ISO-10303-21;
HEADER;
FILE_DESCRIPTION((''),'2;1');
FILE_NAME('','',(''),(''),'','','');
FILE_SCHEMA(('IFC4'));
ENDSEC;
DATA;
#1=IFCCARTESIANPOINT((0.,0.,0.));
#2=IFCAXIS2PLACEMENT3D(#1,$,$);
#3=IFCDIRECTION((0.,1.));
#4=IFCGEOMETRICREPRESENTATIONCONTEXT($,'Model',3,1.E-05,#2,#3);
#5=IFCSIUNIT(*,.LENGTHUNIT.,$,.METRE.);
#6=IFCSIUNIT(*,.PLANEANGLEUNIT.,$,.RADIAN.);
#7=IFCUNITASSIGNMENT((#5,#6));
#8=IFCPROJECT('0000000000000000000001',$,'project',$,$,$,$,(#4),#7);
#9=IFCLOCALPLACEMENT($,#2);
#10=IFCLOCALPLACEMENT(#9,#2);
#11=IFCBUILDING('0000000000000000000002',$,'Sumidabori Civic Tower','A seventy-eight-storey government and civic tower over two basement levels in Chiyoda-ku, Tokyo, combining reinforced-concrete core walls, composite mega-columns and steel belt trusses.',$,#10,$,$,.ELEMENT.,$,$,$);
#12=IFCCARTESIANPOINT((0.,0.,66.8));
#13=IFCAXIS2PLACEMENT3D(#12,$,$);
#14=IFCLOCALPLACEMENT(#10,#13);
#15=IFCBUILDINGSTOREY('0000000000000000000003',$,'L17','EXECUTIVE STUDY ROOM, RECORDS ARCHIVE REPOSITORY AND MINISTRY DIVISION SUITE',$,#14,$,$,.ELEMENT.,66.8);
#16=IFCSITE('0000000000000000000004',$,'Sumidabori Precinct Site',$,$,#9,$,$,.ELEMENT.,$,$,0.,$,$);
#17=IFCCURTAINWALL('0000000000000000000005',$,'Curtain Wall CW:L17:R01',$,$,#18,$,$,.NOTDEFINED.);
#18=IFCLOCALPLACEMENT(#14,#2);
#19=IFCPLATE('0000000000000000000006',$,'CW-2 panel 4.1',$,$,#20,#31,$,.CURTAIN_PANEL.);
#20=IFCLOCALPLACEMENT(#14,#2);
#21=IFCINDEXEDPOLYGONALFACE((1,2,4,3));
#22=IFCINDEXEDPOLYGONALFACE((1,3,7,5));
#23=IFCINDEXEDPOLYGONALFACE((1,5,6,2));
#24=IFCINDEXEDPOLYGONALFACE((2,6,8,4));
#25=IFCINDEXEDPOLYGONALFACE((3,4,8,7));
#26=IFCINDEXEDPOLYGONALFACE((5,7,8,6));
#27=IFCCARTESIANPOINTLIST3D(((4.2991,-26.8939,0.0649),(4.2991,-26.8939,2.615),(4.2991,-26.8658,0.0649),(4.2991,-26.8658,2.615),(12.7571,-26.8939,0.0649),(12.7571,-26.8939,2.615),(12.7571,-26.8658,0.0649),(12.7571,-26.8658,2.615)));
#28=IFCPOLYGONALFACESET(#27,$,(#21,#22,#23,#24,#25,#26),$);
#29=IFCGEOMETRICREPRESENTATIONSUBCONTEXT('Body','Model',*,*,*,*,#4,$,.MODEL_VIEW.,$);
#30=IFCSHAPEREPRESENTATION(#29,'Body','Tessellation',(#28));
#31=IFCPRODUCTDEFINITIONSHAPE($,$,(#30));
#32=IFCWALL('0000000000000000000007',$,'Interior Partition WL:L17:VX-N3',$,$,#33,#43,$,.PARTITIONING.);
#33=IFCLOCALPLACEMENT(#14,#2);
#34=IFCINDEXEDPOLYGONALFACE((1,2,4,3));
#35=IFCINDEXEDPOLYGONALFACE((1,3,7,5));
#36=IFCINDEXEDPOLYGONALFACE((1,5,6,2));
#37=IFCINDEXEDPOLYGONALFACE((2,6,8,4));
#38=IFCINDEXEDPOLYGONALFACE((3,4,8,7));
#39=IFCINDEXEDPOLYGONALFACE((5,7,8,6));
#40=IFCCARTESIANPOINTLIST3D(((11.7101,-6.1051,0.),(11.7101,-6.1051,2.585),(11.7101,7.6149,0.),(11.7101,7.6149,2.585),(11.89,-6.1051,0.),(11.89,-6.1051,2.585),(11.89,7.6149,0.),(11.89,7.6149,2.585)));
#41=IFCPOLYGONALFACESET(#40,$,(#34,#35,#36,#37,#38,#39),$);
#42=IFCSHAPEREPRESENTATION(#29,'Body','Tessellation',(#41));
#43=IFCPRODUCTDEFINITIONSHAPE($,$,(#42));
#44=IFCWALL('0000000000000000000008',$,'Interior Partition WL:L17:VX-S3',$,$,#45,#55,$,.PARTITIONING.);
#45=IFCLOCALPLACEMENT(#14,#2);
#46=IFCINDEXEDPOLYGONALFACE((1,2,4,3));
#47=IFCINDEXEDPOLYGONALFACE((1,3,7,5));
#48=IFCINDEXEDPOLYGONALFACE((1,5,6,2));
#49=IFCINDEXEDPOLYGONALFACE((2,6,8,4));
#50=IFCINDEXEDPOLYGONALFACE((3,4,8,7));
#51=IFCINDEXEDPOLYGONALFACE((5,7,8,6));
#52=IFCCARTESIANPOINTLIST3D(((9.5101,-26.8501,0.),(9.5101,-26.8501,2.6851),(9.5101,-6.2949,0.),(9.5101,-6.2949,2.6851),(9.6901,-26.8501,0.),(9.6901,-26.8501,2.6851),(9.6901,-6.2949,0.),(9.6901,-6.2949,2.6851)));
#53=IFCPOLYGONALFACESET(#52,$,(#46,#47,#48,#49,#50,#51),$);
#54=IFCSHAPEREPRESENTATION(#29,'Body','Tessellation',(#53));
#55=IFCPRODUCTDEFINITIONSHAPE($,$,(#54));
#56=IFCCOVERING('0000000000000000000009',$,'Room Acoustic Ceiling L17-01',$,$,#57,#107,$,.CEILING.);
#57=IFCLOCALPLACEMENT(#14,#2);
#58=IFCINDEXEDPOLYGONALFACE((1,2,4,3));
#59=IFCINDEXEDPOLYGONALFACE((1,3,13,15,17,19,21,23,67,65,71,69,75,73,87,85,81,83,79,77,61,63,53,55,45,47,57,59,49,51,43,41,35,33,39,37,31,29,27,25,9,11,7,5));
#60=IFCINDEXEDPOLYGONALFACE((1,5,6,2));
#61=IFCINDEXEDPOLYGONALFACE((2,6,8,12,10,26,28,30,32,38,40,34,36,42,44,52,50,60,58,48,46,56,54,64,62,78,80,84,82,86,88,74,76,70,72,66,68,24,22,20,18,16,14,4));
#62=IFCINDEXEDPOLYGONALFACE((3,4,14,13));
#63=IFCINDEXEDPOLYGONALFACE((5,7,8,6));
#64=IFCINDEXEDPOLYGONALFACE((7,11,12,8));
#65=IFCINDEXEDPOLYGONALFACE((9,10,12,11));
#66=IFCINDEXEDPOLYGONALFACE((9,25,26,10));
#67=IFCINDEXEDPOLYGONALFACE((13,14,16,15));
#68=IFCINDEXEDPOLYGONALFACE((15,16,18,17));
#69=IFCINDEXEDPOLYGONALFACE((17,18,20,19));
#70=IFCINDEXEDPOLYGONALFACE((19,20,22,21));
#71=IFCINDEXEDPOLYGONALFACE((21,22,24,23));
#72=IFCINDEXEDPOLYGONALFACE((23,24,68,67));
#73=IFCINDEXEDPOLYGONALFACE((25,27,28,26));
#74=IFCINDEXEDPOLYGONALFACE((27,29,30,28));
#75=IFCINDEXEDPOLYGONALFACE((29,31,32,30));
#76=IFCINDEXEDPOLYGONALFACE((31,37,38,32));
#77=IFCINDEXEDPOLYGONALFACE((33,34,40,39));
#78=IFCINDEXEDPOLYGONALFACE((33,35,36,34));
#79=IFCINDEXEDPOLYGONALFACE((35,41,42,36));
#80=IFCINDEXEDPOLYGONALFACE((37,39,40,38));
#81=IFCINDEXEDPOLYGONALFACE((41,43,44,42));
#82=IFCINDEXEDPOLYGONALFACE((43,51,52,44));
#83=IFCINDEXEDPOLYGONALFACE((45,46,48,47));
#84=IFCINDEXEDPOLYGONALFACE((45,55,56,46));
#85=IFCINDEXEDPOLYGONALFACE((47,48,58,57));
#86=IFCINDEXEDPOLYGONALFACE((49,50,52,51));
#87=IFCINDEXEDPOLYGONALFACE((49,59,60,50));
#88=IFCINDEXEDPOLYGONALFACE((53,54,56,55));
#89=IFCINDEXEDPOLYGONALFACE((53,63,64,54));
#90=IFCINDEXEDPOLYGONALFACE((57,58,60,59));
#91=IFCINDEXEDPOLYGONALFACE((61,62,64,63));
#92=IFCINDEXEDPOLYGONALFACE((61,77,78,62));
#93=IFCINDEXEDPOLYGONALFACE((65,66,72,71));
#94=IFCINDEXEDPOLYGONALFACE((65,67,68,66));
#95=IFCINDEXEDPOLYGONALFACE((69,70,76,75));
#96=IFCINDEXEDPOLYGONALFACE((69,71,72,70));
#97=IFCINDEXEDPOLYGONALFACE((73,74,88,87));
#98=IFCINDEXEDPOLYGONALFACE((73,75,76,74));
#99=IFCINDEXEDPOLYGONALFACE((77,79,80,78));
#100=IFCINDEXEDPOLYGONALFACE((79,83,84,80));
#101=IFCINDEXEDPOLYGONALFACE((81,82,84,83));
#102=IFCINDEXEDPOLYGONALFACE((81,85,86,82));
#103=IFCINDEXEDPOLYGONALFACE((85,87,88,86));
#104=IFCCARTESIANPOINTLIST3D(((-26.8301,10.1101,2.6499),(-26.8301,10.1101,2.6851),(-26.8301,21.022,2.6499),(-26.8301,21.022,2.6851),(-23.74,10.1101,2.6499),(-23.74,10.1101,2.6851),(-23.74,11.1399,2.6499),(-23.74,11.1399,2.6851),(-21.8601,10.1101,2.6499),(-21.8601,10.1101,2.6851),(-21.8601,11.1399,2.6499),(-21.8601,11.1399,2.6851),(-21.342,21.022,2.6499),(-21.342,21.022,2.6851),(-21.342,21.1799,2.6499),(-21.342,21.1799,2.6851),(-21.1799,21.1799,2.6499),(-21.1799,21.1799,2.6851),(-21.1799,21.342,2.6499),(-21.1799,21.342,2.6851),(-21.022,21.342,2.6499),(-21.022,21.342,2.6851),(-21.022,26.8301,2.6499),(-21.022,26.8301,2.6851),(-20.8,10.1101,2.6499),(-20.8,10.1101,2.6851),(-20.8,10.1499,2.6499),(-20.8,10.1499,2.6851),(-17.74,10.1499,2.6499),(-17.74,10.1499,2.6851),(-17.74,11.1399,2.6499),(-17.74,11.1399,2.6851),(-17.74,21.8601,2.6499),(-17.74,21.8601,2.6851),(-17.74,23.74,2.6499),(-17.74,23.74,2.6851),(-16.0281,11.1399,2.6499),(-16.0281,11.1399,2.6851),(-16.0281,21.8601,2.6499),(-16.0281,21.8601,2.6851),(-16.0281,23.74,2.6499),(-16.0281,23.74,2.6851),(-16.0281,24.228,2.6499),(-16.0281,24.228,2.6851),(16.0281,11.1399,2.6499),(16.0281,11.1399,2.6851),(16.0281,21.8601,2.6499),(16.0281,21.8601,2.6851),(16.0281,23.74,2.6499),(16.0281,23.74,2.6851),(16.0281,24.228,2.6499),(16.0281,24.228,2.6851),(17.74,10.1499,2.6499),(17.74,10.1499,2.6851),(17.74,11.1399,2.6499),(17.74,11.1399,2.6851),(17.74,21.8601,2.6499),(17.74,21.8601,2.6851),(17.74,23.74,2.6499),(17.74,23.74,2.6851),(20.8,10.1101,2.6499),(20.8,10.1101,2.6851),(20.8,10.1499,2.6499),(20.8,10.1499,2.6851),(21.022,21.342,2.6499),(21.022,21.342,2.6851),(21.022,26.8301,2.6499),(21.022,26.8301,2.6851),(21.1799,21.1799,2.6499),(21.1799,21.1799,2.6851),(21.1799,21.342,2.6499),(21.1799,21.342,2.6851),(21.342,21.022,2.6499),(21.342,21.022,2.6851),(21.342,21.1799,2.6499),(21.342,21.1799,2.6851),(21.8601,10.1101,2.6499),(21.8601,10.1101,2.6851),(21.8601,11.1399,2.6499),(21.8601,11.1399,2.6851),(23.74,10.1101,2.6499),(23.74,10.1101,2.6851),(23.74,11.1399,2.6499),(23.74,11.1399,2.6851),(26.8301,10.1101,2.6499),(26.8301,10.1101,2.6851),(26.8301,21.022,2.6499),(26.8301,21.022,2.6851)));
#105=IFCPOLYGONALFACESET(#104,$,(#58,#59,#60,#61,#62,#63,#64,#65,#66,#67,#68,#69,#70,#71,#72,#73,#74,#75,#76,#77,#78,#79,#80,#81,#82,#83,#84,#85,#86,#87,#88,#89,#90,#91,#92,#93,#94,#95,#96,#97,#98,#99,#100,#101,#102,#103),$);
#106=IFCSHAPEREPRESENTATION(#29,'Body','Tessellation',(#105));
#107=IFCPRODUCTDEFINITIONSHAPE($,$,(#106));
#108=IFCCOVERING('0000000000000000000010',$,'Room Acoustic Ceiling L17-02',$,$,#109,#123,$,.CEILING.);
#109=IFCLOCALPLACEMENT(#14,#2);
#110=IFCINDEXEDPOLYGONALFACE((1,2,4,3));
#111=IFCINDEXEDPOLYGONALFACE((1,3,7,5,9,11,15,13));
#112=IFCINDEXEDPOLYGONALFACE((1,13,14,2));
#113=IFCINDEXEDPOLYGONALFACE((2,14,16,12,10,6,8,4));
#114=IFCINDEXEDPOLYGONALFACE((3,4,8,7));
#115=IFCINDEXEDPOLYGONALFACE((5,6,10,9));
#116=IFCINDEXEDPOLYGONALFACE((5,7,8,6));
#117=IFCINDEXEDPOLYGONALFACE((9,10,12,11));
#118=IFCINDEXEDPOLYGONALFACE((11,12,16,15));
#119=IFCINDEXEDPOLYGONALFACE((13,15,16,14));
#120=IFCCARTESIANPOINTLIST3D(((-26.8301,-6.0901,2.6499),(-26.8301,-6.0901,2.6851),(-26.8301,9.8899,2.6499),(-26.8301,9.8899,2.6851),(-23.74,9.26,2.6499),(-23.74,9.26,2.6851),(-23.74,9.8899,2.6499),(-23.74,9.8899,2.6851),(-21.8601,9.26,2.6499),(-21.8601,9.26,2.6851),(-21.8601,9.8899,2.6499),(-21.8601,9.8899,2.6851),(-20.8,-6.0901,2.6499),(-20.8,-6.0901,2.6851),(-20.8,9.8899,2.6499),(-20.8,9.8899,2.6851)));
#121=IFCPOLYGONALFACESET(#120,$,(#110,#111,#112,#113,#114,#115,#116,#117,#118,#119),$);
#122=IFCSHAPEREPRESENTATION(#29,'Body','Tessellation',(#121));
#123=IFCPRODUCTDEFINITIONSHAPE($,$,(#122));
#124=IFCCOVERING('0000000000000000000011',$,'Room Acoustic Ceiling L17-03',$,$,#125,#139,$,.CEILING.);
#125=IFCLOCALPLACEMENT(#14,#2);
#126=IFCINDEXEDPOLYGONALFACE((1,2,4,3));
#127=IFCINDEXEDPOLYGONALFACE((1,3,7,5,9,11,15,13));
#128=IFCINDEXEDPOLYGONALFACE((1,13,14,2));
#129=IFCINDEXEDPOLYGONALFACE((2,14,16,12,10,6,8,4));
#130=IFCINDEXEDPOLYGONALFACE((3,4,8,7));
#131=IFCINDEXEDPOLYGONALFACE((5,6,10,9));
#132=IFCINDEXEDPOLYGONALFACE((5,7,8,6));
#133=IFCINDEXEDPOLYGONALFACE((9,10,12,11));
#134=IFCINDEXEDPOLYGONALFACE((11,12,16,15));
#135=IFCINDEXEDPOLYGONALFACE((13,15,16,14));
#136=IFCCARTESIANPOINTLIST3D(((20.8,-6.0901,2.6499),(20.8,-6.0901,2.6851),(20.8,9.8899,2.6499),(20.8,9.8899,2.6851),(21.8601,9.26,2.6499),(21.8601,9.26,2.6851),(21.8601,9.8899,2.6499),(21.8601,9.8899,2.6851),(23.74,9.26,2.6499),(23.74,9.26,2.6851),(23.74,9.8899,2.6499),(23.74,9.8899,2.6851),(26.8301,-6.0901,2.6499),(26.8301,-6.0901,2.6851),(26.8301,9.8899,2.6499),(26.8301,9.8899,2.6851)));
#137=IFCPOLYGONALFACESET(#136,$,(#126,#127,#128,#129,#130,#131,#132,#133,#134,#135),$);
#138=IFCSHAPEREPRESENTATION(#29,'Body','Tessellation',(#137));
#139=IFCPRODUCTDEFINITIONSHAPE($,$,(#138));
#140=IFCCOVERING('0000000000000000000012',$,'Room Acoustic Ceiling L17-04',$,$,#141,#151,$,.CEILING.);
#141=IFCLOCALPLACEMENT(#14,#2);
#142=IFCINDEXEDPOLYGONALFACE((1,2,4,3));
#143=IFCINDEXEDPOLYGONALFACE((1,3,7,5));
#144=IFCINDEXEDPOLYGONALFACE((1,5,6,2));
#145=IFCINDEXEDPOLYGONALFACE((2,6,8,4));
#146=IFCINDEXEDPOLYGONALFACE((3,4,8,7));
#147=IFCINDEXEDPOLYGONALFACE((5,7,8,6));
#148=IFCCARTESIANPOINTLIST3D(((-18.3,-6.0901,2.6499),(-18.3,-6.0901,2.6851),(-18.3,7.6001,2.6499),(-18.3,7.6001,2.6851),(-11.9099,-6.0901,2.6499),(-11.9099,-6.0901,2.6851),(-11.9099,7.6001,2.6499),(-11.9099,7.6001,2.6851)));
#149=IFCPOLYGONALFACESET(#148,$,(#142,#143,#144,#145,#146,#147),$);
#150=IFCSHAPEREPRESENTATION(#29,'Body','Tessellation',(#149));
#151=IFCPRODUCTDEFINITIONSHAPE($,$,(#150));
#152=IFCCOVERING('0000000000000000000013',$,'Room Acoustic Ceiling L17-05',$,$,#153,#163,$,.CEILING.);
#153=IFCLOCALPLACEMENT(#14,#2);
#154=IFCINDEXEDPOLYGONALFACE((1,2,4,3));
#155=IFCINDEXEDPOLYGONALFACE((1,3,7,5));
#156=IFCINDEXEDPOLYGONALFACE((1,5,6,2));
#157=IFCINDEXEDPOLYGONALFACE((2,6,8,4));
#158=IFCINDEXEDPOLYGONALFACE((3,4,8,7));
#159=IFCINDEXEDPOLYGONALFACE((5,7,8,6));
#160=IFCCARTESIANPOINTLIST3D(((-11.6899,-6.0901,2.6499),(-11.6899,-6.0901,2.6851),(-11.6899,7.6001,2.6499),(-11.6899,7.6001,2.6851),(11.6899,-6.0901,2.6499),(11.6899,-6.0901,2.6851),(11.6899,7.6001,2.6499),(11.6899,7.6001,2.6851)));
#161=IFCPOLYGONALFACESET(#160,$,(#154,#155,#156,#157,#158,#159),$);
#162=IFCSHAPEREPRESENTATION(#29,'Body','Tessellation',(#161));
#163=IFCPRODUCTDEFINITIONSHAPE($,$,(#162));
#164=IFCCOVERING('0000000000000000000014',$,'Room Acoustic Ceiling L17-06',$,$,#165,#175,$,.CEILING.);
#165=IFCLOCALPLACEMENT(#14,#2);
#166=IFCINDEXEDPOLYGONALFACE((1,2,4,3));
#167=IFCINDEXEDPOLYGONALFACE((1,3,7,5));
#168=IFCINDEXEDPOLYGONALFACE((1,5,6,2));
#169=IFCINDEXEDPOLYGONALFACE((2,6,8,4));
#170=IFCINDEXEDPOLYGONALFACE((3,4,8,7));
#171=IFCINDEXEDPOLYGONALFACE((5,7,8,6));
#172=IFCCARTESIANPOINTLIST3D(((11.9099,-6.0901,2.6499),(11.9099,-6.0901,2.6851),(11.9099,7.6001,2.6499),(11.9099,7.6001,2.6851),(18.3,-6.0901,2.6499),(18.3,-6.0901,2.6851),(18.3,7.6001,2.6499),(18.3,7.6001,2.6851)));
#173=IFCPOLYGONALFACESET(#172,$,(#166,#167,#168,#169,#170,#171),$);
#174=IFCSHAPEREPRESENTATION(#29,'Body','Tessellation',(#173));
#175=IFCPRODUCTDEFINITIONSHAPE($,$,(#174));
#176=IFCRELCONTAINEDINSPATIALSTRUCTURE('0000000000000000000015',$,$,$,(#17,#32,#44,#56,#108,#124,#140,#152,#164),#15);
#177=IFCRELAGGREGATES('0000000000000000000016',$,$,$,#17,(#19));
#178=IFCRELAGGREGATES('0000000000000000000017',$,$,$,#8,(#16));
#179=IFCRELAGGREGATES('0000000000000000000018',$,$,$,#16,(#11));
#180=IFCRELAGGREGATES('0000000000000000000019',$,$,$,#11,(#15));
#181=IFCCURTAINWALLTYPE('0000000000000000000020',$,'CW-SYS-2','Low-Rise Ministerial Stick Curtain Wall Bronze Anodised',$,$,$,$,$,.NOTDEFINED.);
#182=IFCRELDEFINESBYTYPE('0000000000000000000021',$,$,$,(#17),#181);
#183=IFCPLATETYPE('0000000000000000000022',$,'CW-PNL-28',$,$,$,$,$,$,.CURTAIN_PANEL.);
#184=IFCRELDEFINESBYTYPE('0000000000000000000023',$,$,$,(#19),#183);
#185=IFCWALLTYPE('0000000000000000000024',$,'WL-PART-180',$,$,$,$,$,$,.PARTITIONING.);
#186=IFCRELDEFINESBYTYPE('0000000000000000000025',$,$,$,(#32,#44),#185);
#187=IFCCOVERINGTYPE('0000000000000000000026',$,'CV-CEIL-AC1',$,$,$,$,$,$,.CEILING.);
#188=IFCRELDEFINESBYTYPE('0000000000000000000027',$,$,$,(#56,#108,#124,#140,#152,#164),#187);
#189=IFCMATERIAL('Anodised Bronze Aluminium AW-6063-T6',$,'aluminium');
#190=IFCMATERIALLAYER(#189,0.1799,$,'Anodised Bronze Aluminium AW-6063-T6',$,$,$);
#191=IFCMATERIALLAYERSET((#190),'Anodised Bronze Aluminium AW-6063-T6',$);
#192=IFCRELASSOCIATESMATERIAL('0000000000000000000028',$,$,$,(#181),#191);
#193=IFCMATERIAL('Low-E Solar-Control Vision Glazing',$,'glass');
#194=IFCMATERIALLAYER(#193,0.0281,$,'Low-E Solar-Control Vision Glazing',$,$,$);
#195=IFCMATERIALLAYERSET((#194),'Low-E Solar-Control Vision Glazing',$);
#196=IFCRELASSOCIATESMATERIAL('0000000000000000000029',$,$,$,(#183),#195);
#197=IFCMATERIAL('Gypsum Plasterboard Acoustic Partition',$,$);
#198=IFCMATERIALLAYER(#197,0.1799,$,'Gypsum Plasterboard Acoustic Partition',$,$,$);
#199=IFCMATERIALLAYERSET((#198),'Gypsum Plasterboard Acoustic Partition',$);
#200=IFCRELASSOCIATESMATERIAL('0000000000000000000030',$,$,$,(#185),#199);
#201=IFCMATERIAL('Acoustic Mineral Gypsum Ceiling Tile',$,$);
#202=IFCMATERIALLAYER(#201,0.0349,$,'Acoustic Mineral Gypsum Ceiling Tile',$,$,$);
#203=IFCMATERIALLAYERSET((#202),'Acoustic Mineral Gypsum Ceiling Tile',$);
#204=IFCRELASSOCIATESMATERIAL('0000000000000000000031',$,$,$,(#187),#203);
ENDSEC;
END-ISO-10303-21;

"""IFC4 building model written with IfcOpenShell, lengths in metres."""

from ifc_helpers import new_model, si_unit, direction, frame, frame_2d, origin, origin_2d, place, context, subcontext, project, spatial, polyline, rectangle, outline, extrude, source, transform, mapped, material, layer, layer_set, type_object, element, aggregate, save


model = new_model("IFC4")

# Units and contexts
model_context = context("Model", 3, precision=1e-05, world=origin(), true_north=direction((0.0, 1.0)))
body_context = subcontext(model_context, "Body", "Model", "MODEL_VIEW")
ifc_project = project(units=[si_unit("LENGTHUNIT", "METRE"), si_unit("PLANEANGLEUNIT", "RADIAN")], contexts=[model_context])

# Site, building, storey
site_placement = place(None, origin())
site = spatial("IfcSite", under=ifc_project, at=site_placement, Name="Sumidabori Precinct Site", CompositionType="ELEMENT", RefElevation=0.0)
building_placement = place(site_placement, origin())
building = spatial("IfcBuilding", under=site, at=building_placement, Name="Sumidabori Civic Tower", Description="A seventy-eight-storey government and civic tower over two basement levels in Chiyoda-ku, Tokyo, combining reinforced-concrete core walls, composite mega-columns and steel belt trusses.", CompositionType="ELEMENT")
storey_placement = place(building_placement, frame((0.0, 0.0, 66.8)))
storey = spatial("IfcBuildingStorey", under=building, at=storey_placement, Name="L17", Description="EXECUTIVE STUDY ROOM, RECORDS ARCHIVE REPOSITORY AND MINISTRY DIVISION SUITE", CompositionType="ELEMENT", Elevation=66.8)

# Curtain wall, plate
ifc_material_1 = material(Name="Anodised Bronze Aluminium AW-6063-T6", Category="aluminium")
ifc_layer_1 = layer(ifc_material_1, 0.1799, Name="Anodised Bronze Aluminium AW-6063-T6")
ifc_layer_set_1 = layer_set([ifc_layer_1], Name="Anodised Bronze Aluminium AW-6063-T6")
curtain_wall_type = type_object("IfcCurtainWallType", Name="CW-SYS-2", Description="Low-Rise Ministerial Stick Curtain Wall Bronze Anodised", PredefinedType="NOTDEFINED", material=ifc_layer_set_1)
curtain_wall_placement = place(storey_placement, origin())
curtain_wall = element("IfcCurtainWall", 1, at=curtain_wall_placement, inside=storey, type_object=curtain_wall_type, Name="Curtain Wall CW:L17:R01", PredefinedType="NOTDEFINED")
ifc_material_2 = material(Name="Low-E Solar-Control Vision Glazing", Category="glass")
ifc_layer_2 = layer(ifc_material_2, 0.0281, Name="Low-E Solar-Control Vision Glazing")
ifc_layer_set_2 = layer_set([ifc_layer_2], Name="Low-E Solar-Control Vision Glazing")
plate_type = type_object("IfcPlateType", Name="CW-PNL-28", PredefinedType="CURTAIN_PANEL", material=ifc_layer_set_2)
shared_shape_1 = source(origin(), body_context, "Body", "SweptSolid", [
    extrude(rectangle(XDim=8.458, YDim=0.0281, at=origin_2d()), origin(), (0.0, 0.0, 1.0), 2.55),
])
plate_placement = place(storey_placement, frame((8.5281, -26.8799, 0.0649), z_axis=(0.0, 0.0, 1.0), x_axis=(1.0, 0.0, 0.0)))
plate = element("IfcPlate", 2, at=plate_placement, type_object=plate_type, Name="CW-2 panel 4.1", PredefinedType="CURTAIN_PANEL", context=body_context, shape_type="MappedRepresentation", body=[
    mapped(shared_shape_1, transform((0.0, 0.0, 0.0), x_axis=(1.0, 0.0, 0.0), y_axis=(0.0, 1.0, 0.0), z_axis=(0.0, 0.0, 1.0), scale=1.0)),
])
aggregate(curtain_wall, [plate])

# Walls
ifc_material_3 = material(Name="Gypsum Plasterboard Acoustic Partition")
ifc_layer_3 = layer(ifc_material_3, 0.1799, Name="Gypsum Plasterboard Acoustic Partition")
ifc_layer_set_3 = layer_set([ifc_layer_3], Name="Gypsum Plasterboard Acoustic Partition")
wall_type = type_object("IfcWallType", Name="WL-PART-180", PredefinedType="PARTITIONING", material=ifc_layer_set_3)
shared_shape_2 = source(origin(), body_context, "Body", "SweptSolid", [
    extrude(rectangle(XDim=13.72, YDim=0.1799, at=frame_2d((6.8599, 0.0))), origin(), (0.0, 0.0, 1.0), 2.585),
])
wall_1_placement = place(storey_placement, frame((11.8, -6.105, 0.0), z_axis=(0.0, 0.0, 1.0), x_axis=(0.0, 1.0, 0.0)))
element("IfcWall", 3, at=wall_1_placement, inside=storey, type_object=wall_type, Name="Interior Partition WL:L17:VX-N3", PredefinedType="PARTITIONING", context=body_context, shape_type="MappedRepresentation", body=[
    mapped(shared_shape_2, transform((0.0, 0.0, 0.0), x_axis=(1.0, 0.0, 0.0), y_axis=(0.0, 1.0, 0.0), z_axis=(0.0, 0.0, 1.0), scale=1.0)),
])
shared_shape_3 = source(origin(), body_context, "Body", "SweptSolid", [
    extrude(rectangle(XDim=20.5552, YDim=0.1799, at=frame_2d((10.2776, 0.0))), origin(), (0.0, 0.0, 1.0), 2.6851),
])
wall_2_placement = place(storey_placement, frame((9.6001, -26.8501, 0.0), z_axis=(0.0, 0.0, 1.0), x_axis=(0.0, 1.0, 0.0)))
element("IfcWall", 4, at=wall_2_placement, inside=storey, type_object=wall_type, Name="Interior Partition WL:L17:VX-S3", PredefinedType="PARTITIONING", context=body_context, shape_type="MappedRepresentation", body=[
    mapped(shared_shape_3, transform((0.0, 0.0, 0.0), x_axis=(1.0, 0.0, 0.0), y_axis=(0.0, 1.0, 0.0), z_axis=(0.0, 0.0, 1.0), scale=1.0)),
])

# Coverings
ifc_material_4 = material(Name="Acoustic Mineral Gypsum Ceiling Tile")
ifc_layer_4 = layer(ifc_material_4, 0.0349, Name="Acoustic Mineral Gypsum Ceiling Tile")
ifc_layer_set_4 = layer_set([ifc_layer_4], Name="Acoustic Mineral Gypsum Ceiling Tile")
covering_type_1 = type_object("IfcCoveringType", Name="CV-CEIL-AC1", PredefinedType="CEILING", material=ifc_layer_set_4)
covering_1_placement = place(storey_placement, frame((0.0, 0.0, 2.6499)))
element("IfcCovering", 5, at=covering_1_placement, inside=storey, type_object=covering_type_1, Name="Room Acoustic Ceiling L17-01", PredefinedType="CEILING", context=body_context, shape_type="SweptSolid", body=[
    extrude(outline(polyline([(-21.342, 21.1799), (-21.1799, 21.1799), (-21.1799, 21.342), (-21.022, 21.342), (-21.022, 26.8301), (21.022, 26.8301), (21.022, 21.342), (21.1799, 21.342), (21.1799, 21.1799), (21.342, 21.1799), (21.342, 21.022), (26.8301, 21.022), (26.8301, 10.1101), (23.74, 10.1101), (23.74, 11.1399), (21.8601, 11.1399), (21.8601, 10.1101), (20.8, 10.1101), (20.8, 10.1499), (17.74, 10.1499), (17.74, 11.1399), (16.0281, 11.1399), (16.0281, 21.8601), (17.74, 21.8601), (17.74, 23.74), (16.0281, 23.74), (16.0281, 24.228), (-16.0281, 24.228), (-16.0281, 23.74), (-17.74, 23.74), (-17.74, 21.8601), (-16.0281, 21.8601), (-16.0281, 11.1399), (-17.74, 11.1399), (-17.74, 10.1499), (-20.8, 10.1499), (-20.8, 10.1101), (-21.8601, 10.1101), (-21.8601, 11.1399), (-23.74, 11.1399), (-23.74, 10.1101), (-26.8301, 10.1101), (-26.8301, 21.022), (-21.342, 21.022), (-21.342, 21.1799)])), origin(), (0.0, 0.0, 1.0), 0.0352),
])
covering_2_placement = place(storey_placement, frame((0.0, 0.0, 2.6499)))
element("IfcCovering", 6, at=covering_2_placement, inside=storey, type_object=covering_type_1, Name="Room Acoustic Ceiling L17-02", PredefinedType="CEILING", context=body_context, shape_type="SweptSolid", body=[
    extrude(outline(polyline([(-26.8301, -6.0901), (-26.8301, 9.8899), (-23.74, 9.8899), (-23.74, 9.26), (-21.8601, 9.26), (-21.8601, 9.8899), (-20.8, 9.8899), (-20.8, -6.0901), (-26.8301, -6.0901)])), origin(), (0.0, 0.0, 1.0), 0.0352),
])
covering_3_placement = place(storey_placement, frame((0.0, 0.0, 2.6499)))
element("IfcCovering", 7, at=covering_3_placement, inside=storey, type_object=covering_type_1, Name="Room Acoustic Ceiling L17-03", PredefinedType="CEILING", context=body_context, shape_type="SweptSolid", body=[
    extrude(outline(polyline([(20.8, 9.8899), (21.8601, 9.8899), (21.8601, 9.26), (23.74, 9.26), (23.74, 9.8899), (26.8301, 9.8899), (26.8301, -6.0901), (20.8, -6.0901), (20.8, 9.8899)])), origin(), (0.0, 0.0, 1.0), 0.0352),
])
covering_4_placement = place(storey_placement, frame((0.0, 0.0, 2.6499)))
element("IfcCovering", 8, at=covering_4_placement, inside=storey, type_object=covering_type_1, Name="Room Acoustic Ceiling L17-04", PredefinedType="CEILING", context=body_context, shape_type="SweptSolid", body=[
    extrude(outline(polyline([(-18.3, 7.6001), (-11.9099, 7.6001), (-11.9099, -6.0901), (-18.3, -6.0901), (-18.3, 7.6001)])), origin(), (0.0, 0.0, 1.0), 0.0352),
])
covering_5_placement = place(storey_placement, frame((0.0, 0.0, 2.6499)))
element("IfcCovering", 9, at=covering_5_placement, inside=storey, type_object=covering_type_1, Name="Room Acoustic Ceiling L17-05", PredefinedType="CEILING", context=body_context, shape_type="SweptSolid", body=[
    extrude(outline(polyline([(-11.6899, 7.6001), (11.6899, 7.6001), (11.6899, -6.0901), (-11.6899, -6.0901), (-11.6899, 7.6001)])), origin(), (0.0, 0.0, 1.0), 0.0352),
])
covering_6_placement = place(storey_placement, frame((0.0, 0.0, 2.6499)))
element("IfcCovering", 10, at=covering_6_placement, inside=storey, type_object=covering_type_1, Name="Room Acoustic Ceiling L17-06", PredefinedType="CEILING", context=body_context, shape_type="SweptSolid", body=[
    extrude(outline(polyline([(11.9099, 7.6001), (18.3, 7.6001), (18.3, -6.0901), (11.9099, -6.0901), (11.9099, 7.6001)])), origin(), (0.0, 0.0, 1.0), 0.0352),
])

save(model, "model.ifc")
